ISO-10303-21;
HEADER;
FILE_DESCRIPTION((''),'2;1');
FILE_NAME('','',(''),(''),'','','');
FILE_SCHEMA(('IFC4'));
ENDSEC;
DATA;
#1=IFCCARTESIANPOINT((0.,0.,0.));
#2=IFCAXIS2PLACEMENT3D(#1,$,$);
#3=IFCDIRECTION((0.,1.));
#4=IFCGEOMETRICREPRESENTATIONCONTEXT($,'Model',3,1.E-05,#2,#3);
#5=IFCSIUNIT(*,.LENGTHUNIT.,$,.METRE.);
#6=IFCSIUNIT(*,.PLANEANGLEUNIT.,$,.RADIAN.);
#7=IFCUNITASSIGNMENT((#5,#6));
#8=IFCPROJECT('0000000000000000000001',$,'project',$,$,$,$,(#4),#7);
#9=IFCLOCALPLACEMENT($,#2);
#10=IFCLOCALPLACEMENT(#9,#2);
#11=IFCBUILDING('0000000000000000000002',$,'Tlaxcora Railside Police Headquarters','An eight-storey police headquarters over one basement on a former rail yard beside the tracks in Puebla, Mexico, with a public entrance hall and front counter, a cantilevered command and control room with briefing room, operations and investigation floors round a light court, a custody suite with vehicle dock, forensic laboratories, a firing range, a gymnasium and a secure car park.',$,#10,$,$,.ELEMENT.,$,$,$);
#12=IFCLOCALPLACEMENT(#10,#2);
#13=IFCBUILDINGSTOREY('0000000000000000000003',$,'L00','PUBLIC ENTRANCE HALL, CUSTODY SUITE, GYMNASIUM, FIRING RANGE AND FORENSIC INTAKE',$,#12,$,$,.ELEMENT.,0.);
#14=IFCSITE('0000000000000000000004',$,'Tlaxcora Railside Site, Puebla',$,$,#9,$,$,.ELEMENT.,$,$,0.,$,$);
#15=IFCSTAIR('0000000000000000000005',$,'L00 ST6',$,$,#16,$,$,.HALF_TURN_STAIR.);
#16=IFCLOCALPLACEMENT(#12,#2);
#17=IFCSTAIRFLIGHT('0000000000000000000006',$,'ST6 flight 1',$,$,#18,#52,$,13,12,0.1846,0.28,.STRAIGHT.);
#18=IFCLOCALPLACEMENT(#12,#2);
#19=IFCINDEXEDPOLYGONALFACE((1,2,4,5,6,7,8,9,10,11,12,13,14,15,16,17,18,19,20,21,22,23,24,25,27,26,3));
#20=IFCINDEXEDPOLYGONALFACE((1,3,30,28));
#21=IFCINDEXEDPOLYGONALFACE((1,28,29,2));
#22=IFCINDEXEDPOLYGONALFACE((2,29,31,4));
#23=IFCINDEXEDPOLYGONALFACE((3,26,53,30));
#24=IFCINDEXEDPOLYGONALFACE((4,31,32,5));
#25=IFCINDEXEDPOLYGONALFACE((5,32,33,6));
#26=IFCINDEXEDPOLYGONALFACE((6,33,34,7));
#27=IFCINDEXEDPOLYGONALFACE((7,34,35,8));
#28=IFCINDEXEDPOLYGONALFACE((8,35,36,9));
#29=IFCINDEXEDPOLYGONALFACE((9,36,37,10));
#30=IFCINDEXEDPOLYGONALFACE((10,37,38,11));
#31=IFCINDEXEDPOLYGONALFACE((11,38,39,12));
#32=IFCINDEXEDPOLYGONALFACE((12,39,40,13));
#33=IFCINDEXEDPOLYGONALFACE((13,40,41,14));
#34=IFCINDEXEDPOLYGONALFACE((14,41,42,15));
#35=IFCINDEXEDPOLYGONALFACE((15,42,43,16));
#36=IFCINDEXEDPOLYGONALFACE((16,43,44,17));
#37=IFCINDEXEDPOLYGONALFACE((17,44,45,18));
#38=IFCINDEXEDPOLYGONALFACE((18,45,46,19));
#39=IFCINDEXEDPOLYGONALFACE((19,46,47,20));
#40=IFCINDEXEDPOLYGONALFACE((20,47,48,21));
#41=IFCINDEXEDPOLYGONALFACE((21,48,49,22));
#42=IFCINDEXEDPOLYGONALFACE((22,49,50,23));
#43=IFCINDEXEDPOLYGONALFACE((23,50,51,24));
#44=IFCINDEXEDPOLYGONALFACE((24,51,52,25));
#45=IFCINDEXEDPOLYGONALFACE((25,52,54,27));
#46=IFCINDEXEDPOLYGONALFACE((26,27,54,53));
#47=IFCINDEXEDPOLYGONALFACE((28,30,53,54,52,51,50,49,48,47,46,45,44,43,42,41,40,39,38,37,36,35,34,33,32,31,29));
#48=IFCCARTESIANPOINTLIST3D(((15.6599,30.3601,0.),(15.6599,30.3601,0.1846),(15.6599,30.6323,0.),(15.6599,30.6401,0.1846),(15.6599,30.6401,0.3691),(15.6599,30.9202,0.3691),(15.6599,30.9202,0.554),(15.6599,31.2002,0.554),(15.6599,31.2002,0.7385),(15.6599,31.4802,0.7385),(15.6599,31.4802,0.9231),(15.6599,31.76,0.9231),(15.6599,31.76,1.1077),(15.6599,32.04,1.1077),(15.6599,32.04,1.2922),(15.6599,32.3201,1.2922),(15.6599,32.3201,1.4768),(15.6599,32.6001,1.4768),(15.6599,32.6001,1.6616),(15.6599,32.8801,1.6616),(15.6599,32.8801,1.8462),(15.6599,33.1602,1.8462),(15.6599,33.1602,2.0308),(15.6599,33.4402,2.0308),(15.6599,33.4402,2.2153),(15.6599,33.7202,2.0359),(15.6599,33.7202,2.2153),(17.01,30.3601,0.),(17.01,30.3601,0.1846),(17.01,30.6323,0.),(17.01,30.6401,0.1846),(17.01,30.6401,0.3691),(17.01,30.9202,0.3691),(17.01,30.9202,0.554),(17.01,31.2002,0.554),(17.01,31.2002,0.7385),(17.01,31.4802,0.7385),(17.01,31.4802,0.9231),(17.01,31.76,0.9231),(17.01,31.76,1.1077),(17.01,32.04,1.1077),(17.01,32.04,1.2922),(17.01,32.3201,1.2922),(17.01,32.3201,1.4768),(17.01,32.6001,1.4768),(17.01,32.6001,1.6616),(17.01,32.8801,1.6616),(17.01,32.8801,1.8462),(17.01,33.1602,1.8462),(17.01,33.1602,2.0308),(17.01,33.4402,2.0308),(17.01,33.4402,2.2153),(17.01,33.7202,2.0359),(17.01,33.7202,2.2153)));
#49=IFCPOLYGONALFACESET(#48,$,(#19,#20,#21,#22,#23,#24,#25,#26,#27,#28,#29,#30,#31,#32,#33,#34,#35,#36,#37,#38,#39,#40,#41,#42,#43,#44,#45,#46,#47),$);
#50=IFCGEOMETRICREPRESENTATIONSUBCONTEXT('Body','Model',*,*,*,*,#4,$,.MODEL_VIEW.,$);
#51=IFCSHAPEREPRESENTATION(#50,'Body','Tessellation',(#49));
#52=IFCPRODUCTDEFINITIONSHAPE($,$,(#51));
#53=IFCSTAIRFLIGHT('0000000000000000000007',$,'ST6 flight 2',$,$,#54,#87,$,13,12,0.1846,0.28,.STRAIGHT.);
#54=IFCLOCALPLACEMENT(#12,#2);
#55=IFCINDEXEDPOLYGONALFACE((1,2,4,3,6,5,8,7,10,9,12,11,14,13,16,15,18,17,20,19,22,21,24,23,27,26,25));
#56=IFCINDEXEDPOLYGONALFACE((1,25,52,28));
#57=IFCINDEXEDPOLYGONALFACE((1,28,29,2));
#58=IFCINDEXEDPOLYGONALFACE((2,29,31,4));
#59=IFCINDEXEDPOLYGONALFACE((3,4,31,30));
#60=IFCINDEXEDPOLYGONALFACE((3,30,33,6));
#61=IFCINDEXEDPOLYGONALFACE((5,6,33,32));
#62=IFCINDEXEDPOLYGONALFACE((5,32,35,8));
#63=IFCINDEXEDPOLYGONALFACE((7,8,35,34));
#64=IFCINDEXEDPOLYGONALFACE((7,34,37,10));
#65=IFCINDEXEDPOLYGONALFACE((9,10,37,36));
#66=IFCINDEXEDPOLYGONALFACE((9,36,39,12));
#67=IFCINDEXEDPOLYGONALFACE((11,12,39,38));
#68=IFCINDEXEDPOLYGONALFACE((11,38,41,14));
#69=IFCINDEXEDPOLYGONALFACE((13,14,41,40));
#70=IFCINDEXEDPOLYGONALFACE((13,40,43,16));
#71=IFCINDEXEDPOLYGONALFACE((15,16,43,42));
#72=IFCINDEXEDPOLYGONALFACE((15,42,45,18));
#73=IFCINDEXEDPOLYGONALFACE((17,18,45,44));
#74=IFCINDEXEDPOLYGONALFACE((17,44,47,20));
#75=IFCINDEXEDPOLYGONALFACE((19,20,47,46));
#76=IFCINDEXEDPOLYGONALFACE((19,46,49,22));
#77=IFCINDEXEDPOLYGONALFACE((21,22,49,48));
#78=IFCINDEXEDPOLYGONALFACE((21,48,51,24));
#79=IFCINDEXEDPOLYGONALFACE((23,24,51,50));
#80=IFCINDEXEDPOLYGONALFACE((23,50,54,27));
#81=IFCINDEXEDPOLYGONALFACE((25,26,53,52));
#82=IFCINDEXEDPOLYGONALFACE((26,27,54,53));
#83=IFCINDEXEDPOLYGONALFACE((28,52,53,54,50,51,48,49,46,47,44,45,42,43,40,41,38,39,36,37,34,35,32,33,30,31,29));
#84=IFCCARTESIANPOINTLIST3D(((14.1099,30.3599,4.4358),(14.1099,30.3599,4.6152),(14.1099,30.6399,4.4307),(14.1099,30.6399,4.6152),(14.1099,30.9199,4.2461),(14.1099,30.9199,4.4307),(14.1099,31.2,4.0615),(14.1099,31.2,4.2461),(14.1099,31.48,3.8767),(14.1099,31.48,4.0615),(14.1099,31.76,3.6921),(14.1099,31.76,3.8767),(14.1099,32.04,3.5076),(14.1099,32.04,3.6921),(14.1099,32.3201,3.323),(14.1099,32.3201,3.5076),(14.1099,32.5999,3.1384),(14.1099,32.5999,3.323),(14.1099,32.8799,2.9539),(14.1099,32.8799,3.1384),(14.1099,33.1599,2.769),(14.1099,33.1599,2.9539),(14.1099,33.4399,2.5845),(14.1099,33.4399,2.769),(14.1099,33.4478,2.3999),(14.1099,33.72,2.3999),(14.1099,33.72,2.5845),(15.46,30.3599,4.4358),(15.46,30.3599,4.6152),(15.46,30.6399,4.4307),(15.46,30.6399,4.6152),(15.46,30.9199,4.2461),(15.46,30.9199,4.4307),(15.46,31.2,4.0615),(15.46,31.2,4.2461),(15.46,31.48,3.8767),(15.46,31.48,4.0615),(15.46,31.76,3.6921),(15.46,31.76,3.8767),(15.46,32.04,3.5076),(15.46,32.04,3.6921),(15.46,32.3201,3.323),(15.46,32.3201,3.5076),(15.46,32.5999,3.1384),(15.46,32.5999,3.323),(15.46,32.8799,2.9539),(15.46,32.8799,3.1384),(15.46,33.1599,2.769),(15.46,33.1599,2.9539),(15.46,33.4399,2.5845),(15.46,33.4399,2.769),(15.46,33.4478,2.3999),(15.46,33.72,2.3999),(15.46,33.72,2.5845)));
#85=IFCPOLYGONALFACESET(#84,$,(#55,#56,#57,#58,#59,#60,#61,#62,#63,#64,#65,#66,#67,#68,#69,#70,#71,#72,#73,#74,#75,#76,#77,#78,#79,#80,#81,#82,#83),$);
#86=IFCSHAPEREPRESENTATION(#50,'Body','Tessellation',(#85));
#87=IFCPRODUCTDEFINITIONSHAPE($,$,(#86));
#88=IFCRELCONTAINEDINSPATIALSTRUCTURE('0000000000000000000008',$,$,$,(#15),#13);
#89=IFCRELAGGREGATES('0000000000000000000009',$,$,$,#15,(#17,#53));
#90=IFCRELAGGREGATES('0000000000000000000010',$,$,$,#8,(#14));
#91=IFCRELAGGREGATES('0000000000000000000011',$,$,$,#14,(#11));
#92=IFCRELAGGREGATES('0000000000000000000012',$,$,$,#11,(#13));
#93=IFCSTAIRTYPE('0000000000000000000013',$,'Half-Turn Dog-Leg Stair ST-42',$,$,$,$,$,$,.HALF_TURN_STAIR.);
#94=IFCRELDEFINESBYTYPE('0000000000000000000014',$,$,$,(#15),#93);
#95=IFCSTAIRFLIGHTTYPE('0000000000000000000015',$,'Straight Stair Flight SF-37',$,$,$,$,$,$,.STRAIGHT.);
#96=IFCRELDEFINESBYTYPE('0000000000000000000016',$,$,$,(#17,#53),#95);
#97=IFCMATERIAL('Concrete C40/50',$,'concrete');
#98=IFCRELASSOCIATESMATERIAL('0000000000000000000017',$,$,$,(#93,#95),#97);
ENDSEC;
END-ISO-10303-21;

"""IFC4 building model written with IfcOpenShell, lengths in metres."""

from ifc_helpers import new_model, si_unit, direction, frame, origin, place, context, subcontext, project, spatial, polyline, outline, extrude, material, type_object, element, aggregate, save


model = new_model("IFC4")

# Units and contexts
model_context = context("Model", 3, precision=1e-05, world=origin(), true_north=direction((0.0, 1.0)))
body_context = subcontext(model_context, "Body", "Model", "MODEL_VIEW")
ifc_project = project(units=[si_unit("LENGTHUNIT", "METRE"), si_unit("PLANEANGLEUNIT", "RADIAN")], contexts=[model_context])

# Site, building, storey
site_placement = place(None, origin())
site = spatial("IfcSite", under=ifc_project, at=site_placement, Name="Tlaxcora Railside Site, Puebla", CompositionType="ELEMENT", RefElevation=0.0)
building_placement = place(site_placement, origin())
building = spatial("IfcBuilding", under=site, at=building_placement, Name="Tlaxcora Railside Police Headquarters", Description="An eight-storey police headquarters over one basement on a former rail yard beside the tracks in Puebla, Mexico, with a public entrance hall and front counter, a cantilevered command and control room with briefing room, operations and investigation floors round a light court, a custody suite with vehicle dock, forensic laboratories, a firing range, a gymnasium and a secure car park.", CompositionType="ELEMENT")
storey_placement = place(building_placement, origin())
storey = spatial("IfcBuildingStorey", under=building, at=storey_placement, Name="L00", Description="PUBLIC ENTRANCE HALL, CUSTODY SUITE, GYMNASIUM, FIRING RANGE AND FORENSIC INTAKE", CompositionType="ELEMENT", Elevation=0.0)

# Shared definitions
ifc_material_1 = material(Name="Concrete C40/50", Category="concrete")

# Stair, stair flights
stair_type = type_object("IfcStairType", Name="Half-Turn Dog-Leg Stair ST-42", PredefinedType="HALF_TURN_STAIR", material=ifc_material_1)
stair_placement = place(storey_placement, origin())
stair = element("IfcStair", 1, at=stair_placement, inside=storey, type_object=stair_type, Name="L00 ST6", PredefinedType="HALF_TURN_STAIR")
stair_flight_type = type_object("IfcStairFlightType", Name="Straight Stair Flight SF-37", PredefinedType="STRAIGHT", material=ifc_material_1)
stair_flight_1_placement = place(storey_placement, frame((16.335, 30.3601, 0.0), z_axis=(0.0, 0.0, 1.0), x_axis=(0.0, 1.0, 0.0)))
stair_flight_1 = element("IfcStairFlight", 2, at=stair_flight_1_placement, type_object=stair_flight_type, Name="ST6 flight 1", NumberOfRisers=13, NumberOfTreads=12, PredefinedType="STRAIGHT", RiserHeight=0.1846, TreadLength=0.28, context=body_context, shape_type="SweptSolid", body=[
    extrude(outline(polyline([(0.0, 0.0), (0.0, 0.1846), (0.28, 0.1846), (0.28, 0.3691), (0.5601, 0.3691), (0.5601, 0.554), (0.8401, 0.554), (0.8401, 0.7385), (1.1201, 0.7385), (1.1201, 0.9231), (1.3999, 0.9231), (1.3999, 1.1077), (1.6799, 1.1077), (1.6799, 1.2922), (1.96, 1.2922), (1.96, 1.4768), (2.24, 1.4768), (2.24, 1.6616), (2.52, 1.6616), (2.52, 1.8462), (2.8, 1.8462), (2.8, 2.0308), (3.0801, 2.0308), (3.0801, 2.2153), (3.3601, 2.2153), (3.3601, 2.3999), (3.3601, 2.0359), (0.2722, 0.0), (0.0, 0.0)])), frame((0.0, 0.675, 0.0), z_axis=(0.0, -1.0, 0.0), x_axis=(1.0, 0.0, 0.0)), (0.0, 0.0, 1.0), 1.3501),
])
stair_flight_2_placement = place(storey_placement, frame((14.7849, 33.72, 2.3999), z_axis=(0.0, 0.0, 1.0), x_axis=(0.0, -1.0, 0.0)))
stair_flight_2 = element("IfcStairFlight", 3, at=stair_flight_2_placement, type_object=stair_flight_type, Name="ST6 flight 2", NumberOfRisers=13, NumberOfTreads=12, PredefinedType="STRAIGHT", RiserHeight=0.1846, TreadLength=0.28, context=body_context, shape_type="SweptSolid", body=[
    extrude(outline(polyline([(0.0, 0.0), (0.0, 0.1846), (0.28, 0.1846), (0.28, 0.3691), (0.5601, 0.3691), (0.5601, 0.554), (0.8401, 0.554), (0.8401, 0.7385), (1.1201, 0.7385), (1.1201, 0.9231), (1.3999, 0.9231), (1.3999, 1.1077), (1.6799, 1.1077), (1.6799, 1.2922), (1.96, 1.2922), (1.96, 1.4768), (2.24, 1.4768), (2.24, 1.6616), (2.52, 1.6616), (2.52, 1.8462), (2.8, 1.8462), (2.8, 2.0308), (3.0801, 2.0308), (3.0801, 2.2153), (3.3601, 2.2153), (3.3601, 2.3999), (3.3601, 2.0359), (0.2722, 0.0), (0.0, 0.0)])), frame((0.0, 0.675, 0.0), z_axis=(0.0, -1.0, 0.0), x_axis=(1.0, 0.0, 0.0)), (0.0, 0.0, 1.0), 1.3501),
])
aggregate(stair, [stair_flight_1, stair_flight_2])

save(model, "model.ifc")
